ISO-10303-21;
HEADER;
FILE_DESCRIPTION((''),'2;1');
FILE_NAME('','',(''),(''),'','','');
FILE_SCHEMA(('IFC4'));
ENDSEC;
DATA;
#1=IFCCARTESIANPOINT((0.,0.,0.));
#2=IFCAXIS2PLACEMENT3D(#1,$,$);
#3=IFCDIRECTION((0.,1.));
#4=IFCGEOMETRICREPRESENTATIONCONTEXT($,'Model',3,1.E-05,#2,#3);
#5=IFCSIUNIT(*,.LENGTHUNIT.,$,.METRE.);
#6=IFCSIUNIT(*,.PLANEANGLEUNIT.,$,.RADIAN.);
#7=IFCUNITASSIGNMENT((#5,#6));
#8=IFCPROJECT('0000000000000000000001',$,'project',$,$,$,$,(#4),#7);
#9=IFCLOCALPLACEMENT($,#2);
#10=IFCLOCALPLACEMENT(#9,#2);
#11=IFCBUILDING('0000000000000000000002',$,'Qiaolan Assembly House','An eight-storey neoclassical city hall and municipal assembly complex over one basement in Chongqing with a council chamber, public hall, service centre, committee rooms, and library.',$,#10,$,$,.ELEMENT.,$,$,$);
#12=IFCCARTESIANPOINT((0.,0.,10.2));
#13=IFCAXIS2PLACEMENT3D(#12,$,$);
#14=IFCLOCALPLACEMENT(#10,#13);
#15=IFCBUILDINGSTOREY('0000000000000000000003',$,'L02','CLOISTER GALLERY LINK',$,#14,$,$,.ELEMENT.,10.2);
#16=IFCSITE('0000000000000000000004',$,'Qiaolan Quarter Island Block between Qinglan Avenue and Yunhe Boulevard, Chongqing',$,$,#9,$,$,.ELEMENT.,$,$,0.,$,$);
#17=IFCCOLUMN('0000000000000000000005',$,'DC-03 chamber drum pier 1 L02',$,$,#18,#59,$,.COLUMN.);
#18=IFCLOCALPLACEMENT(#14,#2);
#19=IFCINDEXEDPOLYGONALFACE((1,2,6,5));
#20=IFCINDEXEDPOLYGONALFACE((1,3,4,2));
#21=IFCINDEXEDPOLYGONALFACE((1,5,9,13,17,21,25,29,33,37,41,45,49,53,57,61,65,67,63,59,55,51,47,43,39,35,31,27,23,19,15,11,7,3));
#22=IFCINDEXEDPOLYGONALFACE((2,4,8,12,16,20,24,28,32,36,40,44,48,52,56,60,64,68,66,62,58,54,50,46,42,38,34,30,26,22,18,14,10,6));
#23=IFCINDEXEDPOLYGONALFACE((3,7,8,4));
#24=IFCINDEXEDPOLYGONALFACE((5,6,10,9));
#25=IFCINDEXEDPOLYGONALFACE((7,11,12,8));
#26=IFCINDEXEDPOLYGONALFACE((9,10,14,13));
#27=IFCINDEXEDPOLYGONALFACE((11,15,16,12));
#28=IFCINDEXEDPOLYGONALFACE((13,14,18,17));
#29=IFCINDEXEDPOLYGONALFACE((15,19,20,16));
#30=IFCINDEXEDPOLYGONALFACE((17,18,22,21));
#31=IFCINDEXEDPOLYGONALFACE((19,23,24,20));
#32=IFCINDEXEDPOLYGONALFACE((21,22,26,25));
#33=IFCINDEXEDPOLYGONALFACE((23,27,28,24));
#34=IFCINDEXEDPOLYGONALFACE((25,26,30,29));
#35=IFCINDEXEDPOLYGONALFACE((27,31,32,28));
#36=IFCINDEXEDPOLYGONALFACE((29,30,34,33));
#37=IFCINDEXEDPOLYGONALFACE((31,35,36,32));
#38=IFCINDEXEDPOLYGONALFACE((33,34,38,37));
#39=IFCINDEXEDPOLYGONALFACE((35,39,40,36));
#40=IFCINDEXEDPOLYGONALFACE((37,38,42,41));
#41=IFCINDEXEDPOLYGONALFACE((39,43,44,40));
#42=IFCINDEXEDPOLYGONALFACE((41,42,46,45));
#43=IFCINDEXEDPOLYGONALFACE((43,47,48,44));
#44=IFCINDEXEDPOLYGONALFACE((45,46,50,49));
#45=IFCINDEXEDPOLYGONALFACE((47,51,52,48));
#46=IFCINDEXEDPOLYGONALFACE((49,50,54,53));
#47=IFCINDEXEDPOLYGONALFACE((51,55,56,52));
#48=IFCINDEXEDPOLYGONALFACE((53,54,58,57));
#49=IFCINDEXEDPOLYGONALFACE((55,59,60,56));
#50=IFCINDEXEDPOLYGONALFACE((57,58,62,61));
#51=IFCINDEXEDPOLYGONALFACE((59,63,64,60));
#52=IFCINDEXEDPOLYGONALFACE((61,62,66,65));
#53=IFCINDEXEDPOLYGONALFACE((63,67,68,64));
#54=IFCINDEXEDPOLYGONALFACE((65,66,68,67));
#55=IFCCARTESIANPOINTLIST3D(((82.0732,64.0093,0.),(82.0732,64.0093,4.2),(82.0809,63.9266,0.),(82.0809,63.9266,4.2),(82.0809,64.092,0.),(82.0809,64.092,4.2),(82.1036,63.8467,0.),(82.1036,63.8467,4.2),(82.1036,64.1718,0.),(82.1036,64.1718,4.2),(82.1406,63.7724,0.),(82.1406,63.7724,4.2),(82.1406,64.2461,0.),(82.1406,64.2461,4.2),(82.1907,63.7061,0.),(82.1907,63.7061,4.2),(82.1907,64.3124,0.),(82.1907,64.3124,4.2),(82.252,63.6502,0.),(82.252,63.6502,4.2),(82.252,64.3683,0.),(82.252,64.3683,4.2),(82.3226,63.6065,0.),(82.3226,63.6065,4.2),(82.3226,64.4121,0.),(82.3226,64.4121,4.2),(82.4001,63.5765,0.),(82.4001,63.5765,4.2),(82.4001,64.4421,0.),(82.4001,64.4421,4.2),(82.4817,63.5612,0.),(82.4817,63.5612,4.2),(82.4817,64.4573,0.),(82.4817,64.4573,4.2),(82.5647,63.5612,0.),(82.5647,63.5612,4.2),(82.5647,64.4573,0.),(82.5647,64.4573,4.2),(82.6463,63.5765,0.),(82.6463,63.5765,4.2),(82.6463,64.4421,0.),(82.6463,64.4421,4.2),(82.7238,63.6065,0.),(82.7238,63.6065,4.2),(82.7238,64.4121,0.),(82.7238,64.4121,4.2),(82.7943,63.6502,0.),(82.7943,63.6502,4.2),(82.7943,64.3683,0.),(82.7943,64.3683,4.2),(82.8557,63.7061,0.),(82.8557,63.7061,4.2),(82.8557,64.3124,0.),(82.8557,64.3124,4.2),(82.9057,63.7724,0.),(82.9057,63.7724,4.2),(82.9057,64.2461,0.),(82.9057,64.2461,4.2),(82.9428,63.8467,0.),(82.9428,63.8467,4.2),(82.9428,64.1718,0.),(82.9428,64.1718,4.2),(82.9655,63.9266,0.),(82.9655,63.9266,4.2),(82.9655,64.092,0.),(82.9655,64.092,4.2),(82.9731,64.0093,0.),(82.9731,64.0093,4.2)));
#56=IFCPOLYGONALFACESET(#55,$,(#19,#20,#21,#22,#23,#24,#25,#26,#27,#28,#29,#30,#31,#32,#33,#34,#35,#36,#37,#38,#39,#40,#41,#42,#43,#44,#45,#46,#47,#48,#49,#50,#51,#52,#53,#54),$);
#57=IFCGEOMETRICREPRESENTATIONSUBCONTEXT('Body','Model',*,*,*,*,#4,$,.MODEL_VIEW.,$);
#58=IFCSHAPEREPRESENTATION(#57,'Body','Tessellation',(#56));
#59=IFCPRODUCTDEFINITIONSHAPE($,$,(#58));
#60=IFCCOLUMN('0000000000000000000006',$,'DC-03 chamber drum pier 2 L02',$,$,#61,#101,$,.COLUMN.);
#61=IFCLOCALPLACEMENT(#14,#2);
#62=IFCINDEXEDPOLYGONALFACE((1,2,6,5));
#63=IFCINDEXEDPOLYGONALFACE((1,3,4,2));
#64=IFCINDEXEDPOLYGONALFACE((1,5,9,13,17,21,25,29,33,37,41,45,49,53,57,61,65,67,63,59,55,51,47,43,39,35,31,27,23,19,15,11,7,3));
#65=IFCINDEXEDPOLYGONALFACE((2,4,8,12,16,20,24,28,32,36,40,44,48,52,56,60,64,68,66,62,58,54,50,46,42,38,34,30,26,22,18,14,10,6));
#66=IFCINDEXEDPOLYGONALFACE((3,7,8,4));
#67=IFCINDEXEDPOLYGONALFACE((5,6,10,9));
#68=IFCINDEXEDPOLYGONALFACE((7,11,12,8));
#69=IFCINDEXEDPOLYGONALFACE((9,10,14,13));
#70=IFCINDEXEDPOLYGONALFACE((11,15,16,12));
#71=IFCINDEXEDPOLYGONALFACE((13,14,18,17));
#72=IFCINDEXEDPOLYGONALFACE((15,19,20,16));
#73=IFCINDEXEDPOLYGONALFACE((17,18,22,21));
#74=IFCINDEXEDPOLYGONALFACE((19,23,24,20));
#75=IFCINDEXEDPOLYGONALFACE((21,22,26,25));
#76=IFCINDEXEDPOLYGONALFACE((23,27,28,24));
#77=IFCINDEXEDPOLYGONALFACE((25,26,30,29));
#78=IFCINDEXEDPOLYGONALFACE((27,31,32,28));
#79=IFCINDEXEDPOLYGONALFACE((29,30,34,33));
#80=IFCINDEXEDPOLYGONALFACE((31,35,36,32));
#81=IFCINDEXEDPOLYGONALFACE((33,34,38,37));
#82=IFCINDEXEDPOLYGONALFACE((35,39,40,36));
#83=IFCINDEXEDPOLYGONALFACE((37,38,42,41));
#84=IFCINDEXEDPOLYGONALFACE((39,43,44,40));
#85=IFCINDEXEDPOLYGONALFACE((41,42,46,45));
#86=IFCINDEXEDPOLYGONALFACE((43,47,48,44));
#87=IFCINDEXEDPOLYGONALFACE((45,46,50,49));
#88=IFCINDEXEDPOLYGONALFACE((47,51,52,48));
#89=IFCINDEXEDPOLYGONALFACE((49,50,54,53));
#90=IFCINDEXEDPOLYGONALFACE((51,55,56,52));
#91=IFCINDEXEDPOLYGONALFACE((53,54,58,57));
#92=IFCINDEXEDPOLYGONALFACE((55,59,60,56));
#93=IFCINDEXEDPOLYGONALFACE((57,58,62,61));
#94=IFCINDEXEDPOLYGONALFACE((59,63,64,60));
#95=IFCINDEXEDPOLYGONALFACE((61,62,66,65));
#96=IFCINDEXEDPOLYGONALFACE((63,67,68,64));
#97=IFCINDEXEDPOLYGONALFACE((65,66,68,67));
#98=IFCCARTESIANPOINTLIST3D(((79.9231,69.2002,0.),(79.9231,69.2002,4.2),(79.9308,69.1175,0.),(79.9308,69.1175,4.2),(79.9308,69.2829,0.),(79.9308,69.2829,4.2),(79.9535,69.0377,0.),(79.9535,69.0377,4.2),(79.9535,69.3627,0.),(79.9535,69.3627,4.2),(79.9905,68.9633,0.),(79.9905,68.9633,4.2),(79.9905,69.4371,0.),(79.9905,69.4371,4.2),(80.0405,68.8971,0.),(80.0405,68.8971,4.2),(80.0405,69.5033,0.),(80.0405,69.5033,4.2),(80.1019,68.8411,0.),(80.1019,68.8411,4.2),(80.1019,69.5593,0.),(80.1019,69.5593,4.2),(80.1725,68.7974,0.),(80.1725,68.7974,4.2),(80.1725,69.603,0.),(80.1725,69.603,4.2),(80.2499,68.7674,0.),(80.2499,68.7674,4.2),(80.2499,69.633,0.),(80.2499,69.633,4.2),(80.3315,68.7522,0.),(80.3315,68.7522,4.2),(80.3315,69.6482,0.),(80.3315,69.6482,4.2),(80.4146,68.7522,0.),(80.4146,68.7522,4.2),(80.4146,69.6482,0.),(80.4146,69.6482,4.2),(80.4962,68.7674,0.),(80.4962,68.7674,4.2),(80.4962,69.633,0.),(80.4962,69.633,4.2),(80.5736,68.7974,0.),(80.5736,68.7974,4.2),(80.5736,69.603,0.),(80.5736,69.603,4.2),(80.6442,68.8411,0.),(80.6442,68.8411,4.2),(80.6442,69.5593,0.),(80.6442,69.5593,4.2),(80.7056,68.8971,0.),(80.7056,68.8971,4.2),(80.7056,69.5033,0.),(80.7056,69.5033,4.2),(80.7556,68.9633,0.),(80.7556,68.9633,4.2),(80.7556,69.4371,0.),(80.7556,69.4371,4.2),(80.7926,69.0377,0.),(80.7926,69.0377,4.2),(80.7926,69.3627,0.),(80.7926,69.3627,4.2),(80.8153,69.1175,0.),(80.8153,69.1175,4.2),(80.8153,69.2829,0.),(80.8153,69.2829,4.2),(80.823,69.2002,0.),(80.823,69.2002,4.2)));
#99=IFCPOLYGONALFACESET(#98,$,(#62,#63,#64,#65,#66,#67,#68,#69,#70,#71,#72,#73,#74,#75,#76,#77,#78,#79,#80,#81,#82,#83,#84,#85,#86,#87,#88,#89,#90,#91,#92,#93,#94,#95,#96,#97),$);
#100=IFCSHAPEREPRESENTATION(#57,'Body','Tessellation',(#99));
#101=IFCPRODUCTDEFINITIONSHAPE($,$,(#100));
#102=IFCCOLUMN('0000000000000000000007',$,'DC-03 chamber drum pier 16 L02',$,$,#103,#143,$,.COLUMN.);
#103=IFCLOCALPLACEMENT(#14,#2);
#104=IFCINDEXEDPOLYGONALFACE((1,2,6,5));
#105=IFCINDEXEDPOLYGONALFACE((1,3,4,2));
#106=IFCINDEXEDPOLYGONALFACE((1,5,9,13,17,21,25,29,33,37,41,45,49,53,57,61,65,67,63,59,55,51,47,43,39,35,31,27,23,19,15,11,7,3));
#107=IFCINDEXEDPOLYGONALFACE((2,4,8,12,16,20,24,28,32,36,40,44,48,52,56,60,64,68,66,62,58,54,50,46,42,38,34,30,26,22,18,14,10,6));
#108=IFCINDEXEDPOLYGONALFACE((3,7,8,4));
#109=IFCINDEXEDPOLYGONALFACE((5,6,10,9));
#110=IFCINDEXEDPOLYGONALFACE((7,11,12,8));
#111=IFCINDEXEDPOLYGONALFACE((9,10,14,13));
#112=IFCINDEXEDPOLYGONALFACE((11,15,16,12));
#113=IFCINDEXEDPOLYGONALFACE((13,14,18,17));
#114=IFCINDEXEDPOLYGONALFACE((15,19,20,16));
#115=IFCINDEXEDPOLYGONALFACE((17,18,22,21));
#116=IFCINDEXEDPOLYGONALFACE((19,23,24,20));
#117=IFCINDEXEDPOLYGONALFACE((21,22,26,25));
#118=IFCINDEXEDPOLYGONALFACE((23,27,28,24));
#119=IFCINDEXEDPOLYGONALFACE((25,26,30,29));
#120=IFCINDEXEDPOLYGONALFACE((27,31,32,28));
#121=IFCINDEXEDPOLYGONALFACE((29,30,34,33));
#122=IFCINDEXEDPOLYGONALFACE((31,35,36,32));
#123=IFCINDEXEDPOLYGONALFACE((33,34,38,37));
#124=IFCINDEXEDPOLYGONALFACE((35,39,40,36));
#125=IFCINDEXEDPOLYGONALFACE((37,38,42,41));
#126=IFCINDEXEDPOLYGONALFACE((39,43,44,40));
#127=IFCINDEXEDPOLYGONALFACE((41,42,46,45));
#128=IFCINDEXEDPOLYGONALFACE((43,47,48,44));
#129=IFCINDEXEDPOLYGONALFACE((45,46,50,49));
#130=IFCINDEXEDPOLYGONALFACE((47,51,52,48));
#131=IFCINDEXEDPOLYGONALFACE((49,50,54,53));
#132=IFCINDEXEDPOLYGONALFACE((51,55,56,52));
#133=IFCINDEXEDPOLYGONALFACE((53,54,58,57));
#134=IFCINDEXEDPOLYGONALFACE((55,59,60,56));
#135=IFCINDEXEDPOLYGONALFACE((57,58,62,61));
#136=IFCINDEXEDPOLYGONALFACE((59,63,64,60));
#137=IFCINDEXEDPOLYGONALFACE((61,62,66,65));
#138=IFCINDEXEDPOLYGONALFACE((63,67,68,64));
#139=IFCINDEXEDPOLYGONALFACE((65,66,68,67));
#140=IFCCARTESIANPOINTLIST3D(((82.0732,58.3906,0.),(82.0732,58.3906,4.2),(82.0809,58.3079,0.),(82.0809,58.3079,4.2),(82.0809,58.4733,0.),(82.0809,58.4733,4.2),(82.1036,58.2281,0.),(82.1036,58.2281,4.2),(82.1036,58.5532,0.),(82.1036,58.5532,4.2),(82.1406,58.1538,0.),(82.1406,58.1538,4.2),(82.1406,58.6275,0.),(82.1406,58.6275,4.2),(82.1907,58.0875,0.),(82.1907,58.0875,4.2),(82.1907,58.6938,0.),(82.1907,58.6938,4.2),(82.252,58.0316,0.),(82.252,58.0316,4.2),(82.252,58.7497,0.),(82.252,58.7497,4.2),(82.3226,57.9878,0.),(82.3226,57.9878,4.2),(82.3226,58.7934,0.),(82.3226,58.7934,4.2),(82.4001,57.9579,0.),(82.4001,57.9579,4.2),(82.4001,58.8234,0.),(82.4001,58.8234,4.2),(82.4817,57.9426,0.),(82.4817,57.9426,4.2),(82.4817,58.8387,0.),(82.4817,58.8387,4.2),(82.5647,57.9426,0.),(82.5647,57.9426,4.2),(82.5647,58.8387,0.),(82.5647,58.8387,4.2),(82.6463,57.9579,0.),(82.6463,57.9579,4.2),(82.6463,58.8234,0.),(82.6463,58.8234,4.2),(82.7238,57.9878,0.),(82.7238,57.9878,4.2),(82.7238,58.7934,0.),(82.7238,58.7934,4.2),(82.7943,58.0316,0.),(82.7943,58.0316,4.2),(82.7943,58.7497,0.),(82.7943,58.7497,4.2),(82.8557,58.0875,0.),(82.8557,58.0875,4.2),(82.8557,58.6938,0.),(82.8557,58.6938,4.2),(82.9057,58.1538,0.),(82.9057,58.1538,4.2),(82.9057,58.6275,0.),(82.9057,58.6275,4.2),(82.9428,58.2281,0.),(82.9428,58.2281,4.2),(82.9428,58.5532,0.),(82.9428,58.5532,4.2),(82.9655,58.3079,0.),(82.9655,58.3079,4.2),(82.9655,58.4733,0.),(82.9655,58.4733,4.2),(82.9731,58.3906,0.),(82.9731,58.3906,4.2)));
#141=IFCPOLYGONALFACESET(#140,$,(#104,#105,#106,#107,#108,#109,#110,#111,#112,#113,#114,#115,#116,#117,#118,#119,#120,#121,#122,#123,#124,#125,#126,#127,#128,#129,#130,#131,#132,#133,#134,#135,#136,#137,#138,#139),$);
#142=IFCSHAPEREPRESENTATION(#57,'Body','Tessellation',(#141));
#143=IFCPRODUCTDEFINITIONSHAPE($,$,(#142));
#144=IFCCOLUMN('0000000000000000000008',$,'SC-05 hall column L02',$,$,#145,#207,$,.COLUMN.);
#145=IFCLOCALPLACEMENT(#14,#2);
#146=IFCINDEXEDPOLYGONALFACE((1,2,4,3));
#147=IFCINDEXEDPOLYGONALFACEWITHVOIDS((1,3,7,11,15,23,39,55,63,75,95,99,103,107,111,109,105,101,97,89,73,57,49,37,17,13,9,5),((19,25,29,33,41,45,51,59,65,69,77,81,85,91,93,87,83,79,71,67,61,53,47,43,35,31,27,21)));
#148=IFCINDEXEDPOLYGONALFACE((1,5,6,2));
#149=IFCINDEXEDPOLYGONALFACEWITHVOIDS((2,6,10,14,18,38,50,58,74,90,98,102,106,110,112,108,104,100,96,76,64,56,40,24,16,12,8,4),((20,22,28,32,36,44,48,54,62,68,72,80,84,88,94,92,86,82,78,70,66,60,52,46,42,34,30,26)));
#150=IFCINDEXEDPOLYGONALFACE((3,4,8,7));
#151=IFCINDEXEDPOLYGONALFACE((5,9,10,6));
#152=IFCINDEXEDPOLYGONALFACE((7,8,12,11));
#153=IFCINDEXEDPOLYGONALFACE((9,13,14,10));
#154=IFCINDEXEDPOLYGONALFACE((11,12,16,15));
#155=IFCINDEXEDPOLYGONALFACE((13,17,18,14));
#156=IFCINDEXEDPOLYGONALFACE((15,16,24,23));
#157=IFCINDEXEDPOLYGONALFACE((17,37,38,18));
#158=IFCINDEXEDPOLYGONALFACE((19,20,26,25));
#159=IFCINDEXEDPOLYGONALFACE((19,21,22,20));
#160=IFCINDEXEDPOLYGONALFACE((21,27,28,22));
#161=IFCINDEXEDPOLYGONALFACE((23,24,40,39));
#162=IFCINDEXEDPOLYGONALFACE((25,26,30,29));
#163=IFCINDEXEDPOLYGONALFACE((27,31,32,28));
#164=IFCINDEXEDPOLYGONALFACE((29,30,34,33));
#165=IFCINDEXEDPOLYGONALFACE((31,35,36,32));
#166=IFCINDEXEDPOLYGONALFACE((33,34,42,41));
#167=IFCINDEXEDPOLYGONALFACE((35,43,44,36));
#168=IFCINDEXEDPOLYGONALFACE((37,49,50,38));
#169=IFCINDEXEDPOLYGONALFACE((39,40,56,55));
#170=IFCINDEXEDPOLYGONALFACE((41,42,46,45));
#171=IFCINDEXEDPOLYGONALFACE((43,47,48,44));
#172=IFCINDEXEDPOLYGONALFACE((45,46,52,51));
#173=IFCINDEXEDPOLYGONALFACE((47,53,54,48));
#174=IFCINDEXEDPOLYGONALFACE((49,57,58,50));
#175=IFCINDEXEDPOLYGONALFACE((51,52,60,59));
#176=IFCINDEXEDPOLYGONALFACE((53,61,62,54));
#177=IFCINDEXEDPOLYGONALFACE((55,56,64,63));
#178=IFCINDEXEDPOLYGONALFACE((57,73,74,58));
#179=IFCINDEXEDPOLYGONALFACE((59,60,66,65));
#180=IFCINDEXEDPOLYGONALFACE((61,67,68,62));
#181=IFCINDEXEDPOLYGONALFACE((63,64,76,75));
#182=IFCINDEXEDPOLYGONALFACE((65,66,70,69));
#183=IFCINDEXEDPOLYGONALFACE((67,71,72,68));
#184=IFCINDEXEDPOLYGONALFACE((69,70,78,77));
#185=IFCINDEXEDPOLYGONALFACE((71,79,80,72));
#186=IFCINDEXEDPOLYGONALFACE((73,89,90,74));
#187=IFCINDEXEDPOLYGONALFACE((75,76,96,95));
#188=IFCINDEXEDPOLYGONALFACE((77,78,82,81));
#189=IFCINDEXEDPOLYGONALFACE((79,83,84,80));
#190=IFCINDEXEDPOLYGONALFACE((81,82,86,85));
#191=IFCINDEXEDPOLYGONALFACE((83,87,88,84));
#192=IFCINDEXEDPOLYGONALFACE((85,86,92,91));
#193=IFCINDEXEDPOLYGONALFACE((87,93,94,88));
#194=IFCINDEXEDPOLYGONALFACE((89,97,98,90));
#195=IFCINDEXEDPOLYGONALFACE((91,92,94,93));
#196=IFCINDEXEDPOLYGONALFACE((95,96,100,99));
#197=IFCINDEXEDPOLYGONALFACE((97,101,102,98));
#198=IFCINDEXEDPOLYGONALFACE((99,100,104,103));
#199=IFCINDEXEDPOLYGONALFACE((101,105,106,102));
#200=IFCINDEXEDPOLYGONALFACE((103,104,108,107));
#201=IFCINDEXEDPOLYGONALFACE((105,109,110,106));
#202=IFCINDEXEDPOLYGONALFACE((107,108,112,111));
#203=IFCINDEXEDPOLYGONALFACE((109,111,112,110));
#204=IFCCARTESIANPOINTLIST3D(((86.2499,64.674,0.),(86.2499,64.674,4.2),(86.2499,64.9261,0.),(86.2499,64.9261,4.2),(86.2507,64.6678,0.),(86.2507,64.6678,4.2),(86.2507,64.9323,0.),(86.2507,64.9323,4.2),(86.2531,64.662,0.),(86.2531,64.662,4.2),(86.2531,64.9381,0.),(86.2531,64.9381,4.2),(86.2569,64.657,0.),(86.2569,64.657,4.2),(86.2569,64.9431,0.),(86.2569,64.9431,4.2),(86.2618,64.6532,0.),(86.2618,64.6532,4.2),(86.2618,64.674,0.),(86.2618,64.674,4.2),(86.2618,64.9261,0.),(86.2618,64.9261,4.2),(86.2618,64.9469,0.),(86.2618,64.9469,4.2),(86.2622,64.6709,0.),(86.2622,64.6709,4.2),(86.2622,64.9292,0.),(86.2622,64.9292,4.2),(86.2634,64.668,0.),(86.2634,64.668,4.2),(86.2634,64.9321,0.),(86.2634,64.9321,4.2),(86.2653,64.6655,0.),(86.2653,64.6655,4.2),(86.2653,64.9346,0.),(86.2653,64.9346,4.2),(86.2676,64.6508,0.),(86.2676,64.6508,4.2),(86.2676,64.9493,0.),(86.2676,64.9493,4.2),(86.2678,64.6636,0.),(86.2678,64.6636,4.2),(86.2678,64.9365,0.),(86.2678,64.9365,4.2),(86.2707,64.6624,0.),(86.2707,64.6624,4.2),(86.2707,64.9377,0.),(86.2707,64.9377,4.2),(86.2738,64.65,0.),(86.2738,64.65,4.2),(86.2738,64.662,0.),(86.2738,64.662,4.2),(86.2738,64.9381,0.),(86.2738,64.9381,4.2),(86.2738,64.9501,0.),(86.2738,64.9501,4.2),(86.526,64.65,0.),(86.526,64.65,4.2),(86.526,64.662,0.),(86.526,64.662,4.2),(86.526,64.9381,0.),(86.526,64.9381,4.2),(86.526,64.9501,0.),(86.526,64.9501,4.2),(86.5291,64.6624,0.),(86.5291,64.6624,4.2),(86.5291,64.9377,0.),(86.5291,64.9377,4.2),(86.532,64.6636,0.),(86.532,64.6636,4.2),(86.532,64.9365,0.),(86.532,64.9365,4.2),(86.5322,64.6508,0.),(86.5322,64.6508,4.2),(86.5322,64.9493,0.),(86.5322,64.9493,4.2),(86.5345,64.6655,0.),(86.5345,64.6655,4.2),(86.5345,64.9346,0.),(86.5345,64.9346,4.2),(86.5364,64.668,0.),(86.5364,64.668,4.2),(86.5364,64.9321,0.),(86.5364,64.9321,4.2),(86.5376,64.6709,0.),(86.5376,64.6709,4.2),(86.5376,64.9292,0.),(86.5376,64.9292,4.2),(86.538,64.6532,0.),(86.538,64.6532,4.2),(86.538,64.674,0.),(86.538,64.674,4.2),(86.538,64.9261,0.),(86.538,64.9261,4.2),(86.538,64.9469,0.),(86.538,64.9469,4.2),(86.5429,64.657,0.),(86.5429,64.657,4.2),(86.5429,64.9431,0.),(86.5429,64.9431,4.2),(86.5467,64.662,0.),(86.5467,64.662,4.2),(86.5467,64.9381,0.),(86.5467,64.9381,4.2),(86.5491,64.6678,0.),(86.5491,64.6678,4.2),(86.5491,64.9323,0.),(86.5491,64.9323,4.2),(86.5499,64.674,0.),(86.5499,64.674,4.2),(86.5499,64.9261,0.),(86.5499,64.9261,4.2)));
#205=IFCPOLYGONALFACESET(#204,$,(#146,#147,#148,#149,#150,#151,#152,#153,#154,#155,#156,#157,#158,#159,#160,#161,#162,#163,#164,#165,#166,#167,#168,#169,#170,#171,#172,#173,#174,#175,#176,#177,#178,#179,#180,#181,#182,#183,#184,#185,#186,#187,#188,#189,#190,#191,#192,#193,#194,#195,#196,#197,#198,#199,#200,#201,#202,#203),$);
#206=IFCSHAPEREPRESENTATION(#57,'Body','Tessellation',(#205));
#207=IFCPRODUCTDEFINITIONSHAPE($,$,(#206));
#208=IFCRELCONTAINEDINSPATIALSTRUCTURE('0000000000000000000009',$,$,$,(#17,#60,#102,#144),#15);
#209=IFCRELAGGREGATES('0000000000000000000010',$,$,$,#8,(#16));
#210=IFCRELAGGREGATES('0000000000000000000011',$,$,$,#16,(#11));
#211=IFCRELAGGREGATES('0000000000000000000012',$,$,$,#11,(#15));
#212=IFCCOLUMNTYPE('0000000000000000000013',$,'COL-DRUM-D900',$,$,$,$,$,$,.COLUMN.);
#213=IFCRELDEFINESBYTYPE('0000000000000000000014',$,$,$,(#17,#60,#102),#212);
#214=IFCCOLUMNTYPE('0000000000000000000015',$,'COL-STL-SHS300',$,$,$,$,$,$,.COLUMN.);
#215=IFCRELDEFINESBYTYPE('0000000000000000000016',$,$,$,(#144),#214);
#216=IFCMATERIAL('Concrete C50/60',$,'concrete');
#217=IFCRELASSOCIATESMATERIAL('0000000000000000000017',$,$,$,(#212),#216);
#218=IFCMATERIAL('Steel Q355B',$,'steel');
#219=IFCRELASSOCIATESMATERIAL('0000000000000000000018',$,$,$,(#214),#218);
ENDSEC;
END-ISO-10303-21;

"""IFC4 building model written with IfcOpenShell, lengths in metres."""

from ifc_helpers import new_model, si_unit, direction, frame, origin, origin_2d, place, context, subcontext, project, spatial, hollow_rectangle, circle, extrude, material, material_profile, profile_set, type_object, element, save


model = new_model("IFC4")

# Units and contexts
model_context = context("Model", 3, precision=1e-05, world=origin(), true_north=direction((0.0, 1.0)))
body_context = subcontext(model_context, "Body", "Model", "MODEL_VIEW")
ifc_project = project(units=[si_unit("LENGTHUNIT", "METRE"), si_unit("PLANEANGLEUNIT", "RADIAN")], contexts=[model_context])

# Site, building, storey
site_placement = place(None, origin())
site = spatial("IfcSite", under=ifc_project, at=site_placement, Name="Qiaolan Quarter Island Block between Qinglan Avenue and Yunhe Boulevard, Chongqing", CompositionType="ELEMENT", RefElevation=0.0)
building_placement = place(site_placement, origin())
building = spatial("IfcBuilding", under=site, at=building_placement, Name="Qiaolan Assembly House", Description="An eight-storey neoclassical city hall and municipal assembly complex over one basement in Chongqing with a council chamber, public hall, service centre, committee rooms, and library.", CompositionType="ELEMENT")
storey_placement = place(building_placement, frame((0.0, 0.0, 10.2)))
storey = spatial("IfcBuildingStorey", under=building, at=storey_placement, Name="L02", Description="CLOISTER GALLERY LINK", CompositionType="ELEMENT", Elevation=10.2)

# Columns
ifc_material_1 = material(Name="Concrete C50/60", Category="concrete")
ifc_material_profile_1 = material_profile(ifc_material_1, circle(Radius=0.45, at=origin_2d()), Name="CIRC D900")
ifc_profile_set_1 = profile_set([ifc_material_profile_1], Name="Concrete C50/60")
column_type_1 = type_object("IfcColumnType", Name="COL-DRUM-D900", PredefinedType="COLUMN", material=ifc_profile_set_1)
for number, where, z_axis, x_axis, name in (
    (1, (82.5232, 64.0093, 0.0), (0.0, 0.0, 1.0), (1.0, 0.0, 0.0), "DC-03 chamber drum pier 1 L02"),
    (2, (80.373, 69.2002, 0.0), (0.0, 0.0, 1.0), (1.0, 0.0, 0.0), "DC-03 chamber drum pier 2 L02"),
    (3, (82.5232, 58.3906, 0.0), (0.0, 0.0, 1.0), (1.0, 0.0, 0.0), "DC-03 chamber drum pier 16 L02"),
):
    element("IfcColumn", number, at=place(storey_placement, frame(where, z_axis=z_axis, x_axis=x_axis)), inside=storey, type_object=column_type_1, Name=name, PredefinedType="COLUMN", context=body_context, shape_type="SweptSolid", body=[
        extrude(circle(Radius=0.45, at=origin_2d()), origin(), (0.0, 0.0, 1.0), 4.2),
    ])
ifc_material_2 = material(Name="Steel Q355B", Category="steel")
ifc_material_profile_2 = material_profile(ifc_material_2, hollow_rectangle(XDim=0.3, YDim=0.3, WallThickness=0.012, InnerFilletRadius=0.012, OuterFilletRadius=0.0239, at=origin_2d()), Name="SHS 300x300x12")
ifc_profile_set_2 = profile_set([ifc_material_profile_2], Name="Steel Q355B")
column_type_2 = type_object("IfcColumnType", Name="COL-STL-SHS300", PredefinedType="COLUMN", material=ifc_profile_set_2)
for number, where, z_axis, x_axis, name in (
    (4, (86.3999, 64.8, 0.0), (0.0, 0.0, 1.0), (1.0, 0.0, 0.0), "SC-05 hall column L02"),
):
    element("IfcColumn", number, at=place(storey_placement, frame(where, z_axis=z_axis, x_axis=x_axis)), inside=storey, type_object=column_type_2, Name=name, PredefinedType="COLUMN", context=body_context, shape_type="SweptSolid", body=[
        extrude(hollow_rectangle(XDim=0.3, YDim=0.3, WallThickness=0.012, InnerFilletRadius=0.012, OuterFilletRadius=0.0239, at=origin_2d()), origin(), (0.0, 0.0, 1.0), 4.2),
    ])

save(model, "model.ifc")
